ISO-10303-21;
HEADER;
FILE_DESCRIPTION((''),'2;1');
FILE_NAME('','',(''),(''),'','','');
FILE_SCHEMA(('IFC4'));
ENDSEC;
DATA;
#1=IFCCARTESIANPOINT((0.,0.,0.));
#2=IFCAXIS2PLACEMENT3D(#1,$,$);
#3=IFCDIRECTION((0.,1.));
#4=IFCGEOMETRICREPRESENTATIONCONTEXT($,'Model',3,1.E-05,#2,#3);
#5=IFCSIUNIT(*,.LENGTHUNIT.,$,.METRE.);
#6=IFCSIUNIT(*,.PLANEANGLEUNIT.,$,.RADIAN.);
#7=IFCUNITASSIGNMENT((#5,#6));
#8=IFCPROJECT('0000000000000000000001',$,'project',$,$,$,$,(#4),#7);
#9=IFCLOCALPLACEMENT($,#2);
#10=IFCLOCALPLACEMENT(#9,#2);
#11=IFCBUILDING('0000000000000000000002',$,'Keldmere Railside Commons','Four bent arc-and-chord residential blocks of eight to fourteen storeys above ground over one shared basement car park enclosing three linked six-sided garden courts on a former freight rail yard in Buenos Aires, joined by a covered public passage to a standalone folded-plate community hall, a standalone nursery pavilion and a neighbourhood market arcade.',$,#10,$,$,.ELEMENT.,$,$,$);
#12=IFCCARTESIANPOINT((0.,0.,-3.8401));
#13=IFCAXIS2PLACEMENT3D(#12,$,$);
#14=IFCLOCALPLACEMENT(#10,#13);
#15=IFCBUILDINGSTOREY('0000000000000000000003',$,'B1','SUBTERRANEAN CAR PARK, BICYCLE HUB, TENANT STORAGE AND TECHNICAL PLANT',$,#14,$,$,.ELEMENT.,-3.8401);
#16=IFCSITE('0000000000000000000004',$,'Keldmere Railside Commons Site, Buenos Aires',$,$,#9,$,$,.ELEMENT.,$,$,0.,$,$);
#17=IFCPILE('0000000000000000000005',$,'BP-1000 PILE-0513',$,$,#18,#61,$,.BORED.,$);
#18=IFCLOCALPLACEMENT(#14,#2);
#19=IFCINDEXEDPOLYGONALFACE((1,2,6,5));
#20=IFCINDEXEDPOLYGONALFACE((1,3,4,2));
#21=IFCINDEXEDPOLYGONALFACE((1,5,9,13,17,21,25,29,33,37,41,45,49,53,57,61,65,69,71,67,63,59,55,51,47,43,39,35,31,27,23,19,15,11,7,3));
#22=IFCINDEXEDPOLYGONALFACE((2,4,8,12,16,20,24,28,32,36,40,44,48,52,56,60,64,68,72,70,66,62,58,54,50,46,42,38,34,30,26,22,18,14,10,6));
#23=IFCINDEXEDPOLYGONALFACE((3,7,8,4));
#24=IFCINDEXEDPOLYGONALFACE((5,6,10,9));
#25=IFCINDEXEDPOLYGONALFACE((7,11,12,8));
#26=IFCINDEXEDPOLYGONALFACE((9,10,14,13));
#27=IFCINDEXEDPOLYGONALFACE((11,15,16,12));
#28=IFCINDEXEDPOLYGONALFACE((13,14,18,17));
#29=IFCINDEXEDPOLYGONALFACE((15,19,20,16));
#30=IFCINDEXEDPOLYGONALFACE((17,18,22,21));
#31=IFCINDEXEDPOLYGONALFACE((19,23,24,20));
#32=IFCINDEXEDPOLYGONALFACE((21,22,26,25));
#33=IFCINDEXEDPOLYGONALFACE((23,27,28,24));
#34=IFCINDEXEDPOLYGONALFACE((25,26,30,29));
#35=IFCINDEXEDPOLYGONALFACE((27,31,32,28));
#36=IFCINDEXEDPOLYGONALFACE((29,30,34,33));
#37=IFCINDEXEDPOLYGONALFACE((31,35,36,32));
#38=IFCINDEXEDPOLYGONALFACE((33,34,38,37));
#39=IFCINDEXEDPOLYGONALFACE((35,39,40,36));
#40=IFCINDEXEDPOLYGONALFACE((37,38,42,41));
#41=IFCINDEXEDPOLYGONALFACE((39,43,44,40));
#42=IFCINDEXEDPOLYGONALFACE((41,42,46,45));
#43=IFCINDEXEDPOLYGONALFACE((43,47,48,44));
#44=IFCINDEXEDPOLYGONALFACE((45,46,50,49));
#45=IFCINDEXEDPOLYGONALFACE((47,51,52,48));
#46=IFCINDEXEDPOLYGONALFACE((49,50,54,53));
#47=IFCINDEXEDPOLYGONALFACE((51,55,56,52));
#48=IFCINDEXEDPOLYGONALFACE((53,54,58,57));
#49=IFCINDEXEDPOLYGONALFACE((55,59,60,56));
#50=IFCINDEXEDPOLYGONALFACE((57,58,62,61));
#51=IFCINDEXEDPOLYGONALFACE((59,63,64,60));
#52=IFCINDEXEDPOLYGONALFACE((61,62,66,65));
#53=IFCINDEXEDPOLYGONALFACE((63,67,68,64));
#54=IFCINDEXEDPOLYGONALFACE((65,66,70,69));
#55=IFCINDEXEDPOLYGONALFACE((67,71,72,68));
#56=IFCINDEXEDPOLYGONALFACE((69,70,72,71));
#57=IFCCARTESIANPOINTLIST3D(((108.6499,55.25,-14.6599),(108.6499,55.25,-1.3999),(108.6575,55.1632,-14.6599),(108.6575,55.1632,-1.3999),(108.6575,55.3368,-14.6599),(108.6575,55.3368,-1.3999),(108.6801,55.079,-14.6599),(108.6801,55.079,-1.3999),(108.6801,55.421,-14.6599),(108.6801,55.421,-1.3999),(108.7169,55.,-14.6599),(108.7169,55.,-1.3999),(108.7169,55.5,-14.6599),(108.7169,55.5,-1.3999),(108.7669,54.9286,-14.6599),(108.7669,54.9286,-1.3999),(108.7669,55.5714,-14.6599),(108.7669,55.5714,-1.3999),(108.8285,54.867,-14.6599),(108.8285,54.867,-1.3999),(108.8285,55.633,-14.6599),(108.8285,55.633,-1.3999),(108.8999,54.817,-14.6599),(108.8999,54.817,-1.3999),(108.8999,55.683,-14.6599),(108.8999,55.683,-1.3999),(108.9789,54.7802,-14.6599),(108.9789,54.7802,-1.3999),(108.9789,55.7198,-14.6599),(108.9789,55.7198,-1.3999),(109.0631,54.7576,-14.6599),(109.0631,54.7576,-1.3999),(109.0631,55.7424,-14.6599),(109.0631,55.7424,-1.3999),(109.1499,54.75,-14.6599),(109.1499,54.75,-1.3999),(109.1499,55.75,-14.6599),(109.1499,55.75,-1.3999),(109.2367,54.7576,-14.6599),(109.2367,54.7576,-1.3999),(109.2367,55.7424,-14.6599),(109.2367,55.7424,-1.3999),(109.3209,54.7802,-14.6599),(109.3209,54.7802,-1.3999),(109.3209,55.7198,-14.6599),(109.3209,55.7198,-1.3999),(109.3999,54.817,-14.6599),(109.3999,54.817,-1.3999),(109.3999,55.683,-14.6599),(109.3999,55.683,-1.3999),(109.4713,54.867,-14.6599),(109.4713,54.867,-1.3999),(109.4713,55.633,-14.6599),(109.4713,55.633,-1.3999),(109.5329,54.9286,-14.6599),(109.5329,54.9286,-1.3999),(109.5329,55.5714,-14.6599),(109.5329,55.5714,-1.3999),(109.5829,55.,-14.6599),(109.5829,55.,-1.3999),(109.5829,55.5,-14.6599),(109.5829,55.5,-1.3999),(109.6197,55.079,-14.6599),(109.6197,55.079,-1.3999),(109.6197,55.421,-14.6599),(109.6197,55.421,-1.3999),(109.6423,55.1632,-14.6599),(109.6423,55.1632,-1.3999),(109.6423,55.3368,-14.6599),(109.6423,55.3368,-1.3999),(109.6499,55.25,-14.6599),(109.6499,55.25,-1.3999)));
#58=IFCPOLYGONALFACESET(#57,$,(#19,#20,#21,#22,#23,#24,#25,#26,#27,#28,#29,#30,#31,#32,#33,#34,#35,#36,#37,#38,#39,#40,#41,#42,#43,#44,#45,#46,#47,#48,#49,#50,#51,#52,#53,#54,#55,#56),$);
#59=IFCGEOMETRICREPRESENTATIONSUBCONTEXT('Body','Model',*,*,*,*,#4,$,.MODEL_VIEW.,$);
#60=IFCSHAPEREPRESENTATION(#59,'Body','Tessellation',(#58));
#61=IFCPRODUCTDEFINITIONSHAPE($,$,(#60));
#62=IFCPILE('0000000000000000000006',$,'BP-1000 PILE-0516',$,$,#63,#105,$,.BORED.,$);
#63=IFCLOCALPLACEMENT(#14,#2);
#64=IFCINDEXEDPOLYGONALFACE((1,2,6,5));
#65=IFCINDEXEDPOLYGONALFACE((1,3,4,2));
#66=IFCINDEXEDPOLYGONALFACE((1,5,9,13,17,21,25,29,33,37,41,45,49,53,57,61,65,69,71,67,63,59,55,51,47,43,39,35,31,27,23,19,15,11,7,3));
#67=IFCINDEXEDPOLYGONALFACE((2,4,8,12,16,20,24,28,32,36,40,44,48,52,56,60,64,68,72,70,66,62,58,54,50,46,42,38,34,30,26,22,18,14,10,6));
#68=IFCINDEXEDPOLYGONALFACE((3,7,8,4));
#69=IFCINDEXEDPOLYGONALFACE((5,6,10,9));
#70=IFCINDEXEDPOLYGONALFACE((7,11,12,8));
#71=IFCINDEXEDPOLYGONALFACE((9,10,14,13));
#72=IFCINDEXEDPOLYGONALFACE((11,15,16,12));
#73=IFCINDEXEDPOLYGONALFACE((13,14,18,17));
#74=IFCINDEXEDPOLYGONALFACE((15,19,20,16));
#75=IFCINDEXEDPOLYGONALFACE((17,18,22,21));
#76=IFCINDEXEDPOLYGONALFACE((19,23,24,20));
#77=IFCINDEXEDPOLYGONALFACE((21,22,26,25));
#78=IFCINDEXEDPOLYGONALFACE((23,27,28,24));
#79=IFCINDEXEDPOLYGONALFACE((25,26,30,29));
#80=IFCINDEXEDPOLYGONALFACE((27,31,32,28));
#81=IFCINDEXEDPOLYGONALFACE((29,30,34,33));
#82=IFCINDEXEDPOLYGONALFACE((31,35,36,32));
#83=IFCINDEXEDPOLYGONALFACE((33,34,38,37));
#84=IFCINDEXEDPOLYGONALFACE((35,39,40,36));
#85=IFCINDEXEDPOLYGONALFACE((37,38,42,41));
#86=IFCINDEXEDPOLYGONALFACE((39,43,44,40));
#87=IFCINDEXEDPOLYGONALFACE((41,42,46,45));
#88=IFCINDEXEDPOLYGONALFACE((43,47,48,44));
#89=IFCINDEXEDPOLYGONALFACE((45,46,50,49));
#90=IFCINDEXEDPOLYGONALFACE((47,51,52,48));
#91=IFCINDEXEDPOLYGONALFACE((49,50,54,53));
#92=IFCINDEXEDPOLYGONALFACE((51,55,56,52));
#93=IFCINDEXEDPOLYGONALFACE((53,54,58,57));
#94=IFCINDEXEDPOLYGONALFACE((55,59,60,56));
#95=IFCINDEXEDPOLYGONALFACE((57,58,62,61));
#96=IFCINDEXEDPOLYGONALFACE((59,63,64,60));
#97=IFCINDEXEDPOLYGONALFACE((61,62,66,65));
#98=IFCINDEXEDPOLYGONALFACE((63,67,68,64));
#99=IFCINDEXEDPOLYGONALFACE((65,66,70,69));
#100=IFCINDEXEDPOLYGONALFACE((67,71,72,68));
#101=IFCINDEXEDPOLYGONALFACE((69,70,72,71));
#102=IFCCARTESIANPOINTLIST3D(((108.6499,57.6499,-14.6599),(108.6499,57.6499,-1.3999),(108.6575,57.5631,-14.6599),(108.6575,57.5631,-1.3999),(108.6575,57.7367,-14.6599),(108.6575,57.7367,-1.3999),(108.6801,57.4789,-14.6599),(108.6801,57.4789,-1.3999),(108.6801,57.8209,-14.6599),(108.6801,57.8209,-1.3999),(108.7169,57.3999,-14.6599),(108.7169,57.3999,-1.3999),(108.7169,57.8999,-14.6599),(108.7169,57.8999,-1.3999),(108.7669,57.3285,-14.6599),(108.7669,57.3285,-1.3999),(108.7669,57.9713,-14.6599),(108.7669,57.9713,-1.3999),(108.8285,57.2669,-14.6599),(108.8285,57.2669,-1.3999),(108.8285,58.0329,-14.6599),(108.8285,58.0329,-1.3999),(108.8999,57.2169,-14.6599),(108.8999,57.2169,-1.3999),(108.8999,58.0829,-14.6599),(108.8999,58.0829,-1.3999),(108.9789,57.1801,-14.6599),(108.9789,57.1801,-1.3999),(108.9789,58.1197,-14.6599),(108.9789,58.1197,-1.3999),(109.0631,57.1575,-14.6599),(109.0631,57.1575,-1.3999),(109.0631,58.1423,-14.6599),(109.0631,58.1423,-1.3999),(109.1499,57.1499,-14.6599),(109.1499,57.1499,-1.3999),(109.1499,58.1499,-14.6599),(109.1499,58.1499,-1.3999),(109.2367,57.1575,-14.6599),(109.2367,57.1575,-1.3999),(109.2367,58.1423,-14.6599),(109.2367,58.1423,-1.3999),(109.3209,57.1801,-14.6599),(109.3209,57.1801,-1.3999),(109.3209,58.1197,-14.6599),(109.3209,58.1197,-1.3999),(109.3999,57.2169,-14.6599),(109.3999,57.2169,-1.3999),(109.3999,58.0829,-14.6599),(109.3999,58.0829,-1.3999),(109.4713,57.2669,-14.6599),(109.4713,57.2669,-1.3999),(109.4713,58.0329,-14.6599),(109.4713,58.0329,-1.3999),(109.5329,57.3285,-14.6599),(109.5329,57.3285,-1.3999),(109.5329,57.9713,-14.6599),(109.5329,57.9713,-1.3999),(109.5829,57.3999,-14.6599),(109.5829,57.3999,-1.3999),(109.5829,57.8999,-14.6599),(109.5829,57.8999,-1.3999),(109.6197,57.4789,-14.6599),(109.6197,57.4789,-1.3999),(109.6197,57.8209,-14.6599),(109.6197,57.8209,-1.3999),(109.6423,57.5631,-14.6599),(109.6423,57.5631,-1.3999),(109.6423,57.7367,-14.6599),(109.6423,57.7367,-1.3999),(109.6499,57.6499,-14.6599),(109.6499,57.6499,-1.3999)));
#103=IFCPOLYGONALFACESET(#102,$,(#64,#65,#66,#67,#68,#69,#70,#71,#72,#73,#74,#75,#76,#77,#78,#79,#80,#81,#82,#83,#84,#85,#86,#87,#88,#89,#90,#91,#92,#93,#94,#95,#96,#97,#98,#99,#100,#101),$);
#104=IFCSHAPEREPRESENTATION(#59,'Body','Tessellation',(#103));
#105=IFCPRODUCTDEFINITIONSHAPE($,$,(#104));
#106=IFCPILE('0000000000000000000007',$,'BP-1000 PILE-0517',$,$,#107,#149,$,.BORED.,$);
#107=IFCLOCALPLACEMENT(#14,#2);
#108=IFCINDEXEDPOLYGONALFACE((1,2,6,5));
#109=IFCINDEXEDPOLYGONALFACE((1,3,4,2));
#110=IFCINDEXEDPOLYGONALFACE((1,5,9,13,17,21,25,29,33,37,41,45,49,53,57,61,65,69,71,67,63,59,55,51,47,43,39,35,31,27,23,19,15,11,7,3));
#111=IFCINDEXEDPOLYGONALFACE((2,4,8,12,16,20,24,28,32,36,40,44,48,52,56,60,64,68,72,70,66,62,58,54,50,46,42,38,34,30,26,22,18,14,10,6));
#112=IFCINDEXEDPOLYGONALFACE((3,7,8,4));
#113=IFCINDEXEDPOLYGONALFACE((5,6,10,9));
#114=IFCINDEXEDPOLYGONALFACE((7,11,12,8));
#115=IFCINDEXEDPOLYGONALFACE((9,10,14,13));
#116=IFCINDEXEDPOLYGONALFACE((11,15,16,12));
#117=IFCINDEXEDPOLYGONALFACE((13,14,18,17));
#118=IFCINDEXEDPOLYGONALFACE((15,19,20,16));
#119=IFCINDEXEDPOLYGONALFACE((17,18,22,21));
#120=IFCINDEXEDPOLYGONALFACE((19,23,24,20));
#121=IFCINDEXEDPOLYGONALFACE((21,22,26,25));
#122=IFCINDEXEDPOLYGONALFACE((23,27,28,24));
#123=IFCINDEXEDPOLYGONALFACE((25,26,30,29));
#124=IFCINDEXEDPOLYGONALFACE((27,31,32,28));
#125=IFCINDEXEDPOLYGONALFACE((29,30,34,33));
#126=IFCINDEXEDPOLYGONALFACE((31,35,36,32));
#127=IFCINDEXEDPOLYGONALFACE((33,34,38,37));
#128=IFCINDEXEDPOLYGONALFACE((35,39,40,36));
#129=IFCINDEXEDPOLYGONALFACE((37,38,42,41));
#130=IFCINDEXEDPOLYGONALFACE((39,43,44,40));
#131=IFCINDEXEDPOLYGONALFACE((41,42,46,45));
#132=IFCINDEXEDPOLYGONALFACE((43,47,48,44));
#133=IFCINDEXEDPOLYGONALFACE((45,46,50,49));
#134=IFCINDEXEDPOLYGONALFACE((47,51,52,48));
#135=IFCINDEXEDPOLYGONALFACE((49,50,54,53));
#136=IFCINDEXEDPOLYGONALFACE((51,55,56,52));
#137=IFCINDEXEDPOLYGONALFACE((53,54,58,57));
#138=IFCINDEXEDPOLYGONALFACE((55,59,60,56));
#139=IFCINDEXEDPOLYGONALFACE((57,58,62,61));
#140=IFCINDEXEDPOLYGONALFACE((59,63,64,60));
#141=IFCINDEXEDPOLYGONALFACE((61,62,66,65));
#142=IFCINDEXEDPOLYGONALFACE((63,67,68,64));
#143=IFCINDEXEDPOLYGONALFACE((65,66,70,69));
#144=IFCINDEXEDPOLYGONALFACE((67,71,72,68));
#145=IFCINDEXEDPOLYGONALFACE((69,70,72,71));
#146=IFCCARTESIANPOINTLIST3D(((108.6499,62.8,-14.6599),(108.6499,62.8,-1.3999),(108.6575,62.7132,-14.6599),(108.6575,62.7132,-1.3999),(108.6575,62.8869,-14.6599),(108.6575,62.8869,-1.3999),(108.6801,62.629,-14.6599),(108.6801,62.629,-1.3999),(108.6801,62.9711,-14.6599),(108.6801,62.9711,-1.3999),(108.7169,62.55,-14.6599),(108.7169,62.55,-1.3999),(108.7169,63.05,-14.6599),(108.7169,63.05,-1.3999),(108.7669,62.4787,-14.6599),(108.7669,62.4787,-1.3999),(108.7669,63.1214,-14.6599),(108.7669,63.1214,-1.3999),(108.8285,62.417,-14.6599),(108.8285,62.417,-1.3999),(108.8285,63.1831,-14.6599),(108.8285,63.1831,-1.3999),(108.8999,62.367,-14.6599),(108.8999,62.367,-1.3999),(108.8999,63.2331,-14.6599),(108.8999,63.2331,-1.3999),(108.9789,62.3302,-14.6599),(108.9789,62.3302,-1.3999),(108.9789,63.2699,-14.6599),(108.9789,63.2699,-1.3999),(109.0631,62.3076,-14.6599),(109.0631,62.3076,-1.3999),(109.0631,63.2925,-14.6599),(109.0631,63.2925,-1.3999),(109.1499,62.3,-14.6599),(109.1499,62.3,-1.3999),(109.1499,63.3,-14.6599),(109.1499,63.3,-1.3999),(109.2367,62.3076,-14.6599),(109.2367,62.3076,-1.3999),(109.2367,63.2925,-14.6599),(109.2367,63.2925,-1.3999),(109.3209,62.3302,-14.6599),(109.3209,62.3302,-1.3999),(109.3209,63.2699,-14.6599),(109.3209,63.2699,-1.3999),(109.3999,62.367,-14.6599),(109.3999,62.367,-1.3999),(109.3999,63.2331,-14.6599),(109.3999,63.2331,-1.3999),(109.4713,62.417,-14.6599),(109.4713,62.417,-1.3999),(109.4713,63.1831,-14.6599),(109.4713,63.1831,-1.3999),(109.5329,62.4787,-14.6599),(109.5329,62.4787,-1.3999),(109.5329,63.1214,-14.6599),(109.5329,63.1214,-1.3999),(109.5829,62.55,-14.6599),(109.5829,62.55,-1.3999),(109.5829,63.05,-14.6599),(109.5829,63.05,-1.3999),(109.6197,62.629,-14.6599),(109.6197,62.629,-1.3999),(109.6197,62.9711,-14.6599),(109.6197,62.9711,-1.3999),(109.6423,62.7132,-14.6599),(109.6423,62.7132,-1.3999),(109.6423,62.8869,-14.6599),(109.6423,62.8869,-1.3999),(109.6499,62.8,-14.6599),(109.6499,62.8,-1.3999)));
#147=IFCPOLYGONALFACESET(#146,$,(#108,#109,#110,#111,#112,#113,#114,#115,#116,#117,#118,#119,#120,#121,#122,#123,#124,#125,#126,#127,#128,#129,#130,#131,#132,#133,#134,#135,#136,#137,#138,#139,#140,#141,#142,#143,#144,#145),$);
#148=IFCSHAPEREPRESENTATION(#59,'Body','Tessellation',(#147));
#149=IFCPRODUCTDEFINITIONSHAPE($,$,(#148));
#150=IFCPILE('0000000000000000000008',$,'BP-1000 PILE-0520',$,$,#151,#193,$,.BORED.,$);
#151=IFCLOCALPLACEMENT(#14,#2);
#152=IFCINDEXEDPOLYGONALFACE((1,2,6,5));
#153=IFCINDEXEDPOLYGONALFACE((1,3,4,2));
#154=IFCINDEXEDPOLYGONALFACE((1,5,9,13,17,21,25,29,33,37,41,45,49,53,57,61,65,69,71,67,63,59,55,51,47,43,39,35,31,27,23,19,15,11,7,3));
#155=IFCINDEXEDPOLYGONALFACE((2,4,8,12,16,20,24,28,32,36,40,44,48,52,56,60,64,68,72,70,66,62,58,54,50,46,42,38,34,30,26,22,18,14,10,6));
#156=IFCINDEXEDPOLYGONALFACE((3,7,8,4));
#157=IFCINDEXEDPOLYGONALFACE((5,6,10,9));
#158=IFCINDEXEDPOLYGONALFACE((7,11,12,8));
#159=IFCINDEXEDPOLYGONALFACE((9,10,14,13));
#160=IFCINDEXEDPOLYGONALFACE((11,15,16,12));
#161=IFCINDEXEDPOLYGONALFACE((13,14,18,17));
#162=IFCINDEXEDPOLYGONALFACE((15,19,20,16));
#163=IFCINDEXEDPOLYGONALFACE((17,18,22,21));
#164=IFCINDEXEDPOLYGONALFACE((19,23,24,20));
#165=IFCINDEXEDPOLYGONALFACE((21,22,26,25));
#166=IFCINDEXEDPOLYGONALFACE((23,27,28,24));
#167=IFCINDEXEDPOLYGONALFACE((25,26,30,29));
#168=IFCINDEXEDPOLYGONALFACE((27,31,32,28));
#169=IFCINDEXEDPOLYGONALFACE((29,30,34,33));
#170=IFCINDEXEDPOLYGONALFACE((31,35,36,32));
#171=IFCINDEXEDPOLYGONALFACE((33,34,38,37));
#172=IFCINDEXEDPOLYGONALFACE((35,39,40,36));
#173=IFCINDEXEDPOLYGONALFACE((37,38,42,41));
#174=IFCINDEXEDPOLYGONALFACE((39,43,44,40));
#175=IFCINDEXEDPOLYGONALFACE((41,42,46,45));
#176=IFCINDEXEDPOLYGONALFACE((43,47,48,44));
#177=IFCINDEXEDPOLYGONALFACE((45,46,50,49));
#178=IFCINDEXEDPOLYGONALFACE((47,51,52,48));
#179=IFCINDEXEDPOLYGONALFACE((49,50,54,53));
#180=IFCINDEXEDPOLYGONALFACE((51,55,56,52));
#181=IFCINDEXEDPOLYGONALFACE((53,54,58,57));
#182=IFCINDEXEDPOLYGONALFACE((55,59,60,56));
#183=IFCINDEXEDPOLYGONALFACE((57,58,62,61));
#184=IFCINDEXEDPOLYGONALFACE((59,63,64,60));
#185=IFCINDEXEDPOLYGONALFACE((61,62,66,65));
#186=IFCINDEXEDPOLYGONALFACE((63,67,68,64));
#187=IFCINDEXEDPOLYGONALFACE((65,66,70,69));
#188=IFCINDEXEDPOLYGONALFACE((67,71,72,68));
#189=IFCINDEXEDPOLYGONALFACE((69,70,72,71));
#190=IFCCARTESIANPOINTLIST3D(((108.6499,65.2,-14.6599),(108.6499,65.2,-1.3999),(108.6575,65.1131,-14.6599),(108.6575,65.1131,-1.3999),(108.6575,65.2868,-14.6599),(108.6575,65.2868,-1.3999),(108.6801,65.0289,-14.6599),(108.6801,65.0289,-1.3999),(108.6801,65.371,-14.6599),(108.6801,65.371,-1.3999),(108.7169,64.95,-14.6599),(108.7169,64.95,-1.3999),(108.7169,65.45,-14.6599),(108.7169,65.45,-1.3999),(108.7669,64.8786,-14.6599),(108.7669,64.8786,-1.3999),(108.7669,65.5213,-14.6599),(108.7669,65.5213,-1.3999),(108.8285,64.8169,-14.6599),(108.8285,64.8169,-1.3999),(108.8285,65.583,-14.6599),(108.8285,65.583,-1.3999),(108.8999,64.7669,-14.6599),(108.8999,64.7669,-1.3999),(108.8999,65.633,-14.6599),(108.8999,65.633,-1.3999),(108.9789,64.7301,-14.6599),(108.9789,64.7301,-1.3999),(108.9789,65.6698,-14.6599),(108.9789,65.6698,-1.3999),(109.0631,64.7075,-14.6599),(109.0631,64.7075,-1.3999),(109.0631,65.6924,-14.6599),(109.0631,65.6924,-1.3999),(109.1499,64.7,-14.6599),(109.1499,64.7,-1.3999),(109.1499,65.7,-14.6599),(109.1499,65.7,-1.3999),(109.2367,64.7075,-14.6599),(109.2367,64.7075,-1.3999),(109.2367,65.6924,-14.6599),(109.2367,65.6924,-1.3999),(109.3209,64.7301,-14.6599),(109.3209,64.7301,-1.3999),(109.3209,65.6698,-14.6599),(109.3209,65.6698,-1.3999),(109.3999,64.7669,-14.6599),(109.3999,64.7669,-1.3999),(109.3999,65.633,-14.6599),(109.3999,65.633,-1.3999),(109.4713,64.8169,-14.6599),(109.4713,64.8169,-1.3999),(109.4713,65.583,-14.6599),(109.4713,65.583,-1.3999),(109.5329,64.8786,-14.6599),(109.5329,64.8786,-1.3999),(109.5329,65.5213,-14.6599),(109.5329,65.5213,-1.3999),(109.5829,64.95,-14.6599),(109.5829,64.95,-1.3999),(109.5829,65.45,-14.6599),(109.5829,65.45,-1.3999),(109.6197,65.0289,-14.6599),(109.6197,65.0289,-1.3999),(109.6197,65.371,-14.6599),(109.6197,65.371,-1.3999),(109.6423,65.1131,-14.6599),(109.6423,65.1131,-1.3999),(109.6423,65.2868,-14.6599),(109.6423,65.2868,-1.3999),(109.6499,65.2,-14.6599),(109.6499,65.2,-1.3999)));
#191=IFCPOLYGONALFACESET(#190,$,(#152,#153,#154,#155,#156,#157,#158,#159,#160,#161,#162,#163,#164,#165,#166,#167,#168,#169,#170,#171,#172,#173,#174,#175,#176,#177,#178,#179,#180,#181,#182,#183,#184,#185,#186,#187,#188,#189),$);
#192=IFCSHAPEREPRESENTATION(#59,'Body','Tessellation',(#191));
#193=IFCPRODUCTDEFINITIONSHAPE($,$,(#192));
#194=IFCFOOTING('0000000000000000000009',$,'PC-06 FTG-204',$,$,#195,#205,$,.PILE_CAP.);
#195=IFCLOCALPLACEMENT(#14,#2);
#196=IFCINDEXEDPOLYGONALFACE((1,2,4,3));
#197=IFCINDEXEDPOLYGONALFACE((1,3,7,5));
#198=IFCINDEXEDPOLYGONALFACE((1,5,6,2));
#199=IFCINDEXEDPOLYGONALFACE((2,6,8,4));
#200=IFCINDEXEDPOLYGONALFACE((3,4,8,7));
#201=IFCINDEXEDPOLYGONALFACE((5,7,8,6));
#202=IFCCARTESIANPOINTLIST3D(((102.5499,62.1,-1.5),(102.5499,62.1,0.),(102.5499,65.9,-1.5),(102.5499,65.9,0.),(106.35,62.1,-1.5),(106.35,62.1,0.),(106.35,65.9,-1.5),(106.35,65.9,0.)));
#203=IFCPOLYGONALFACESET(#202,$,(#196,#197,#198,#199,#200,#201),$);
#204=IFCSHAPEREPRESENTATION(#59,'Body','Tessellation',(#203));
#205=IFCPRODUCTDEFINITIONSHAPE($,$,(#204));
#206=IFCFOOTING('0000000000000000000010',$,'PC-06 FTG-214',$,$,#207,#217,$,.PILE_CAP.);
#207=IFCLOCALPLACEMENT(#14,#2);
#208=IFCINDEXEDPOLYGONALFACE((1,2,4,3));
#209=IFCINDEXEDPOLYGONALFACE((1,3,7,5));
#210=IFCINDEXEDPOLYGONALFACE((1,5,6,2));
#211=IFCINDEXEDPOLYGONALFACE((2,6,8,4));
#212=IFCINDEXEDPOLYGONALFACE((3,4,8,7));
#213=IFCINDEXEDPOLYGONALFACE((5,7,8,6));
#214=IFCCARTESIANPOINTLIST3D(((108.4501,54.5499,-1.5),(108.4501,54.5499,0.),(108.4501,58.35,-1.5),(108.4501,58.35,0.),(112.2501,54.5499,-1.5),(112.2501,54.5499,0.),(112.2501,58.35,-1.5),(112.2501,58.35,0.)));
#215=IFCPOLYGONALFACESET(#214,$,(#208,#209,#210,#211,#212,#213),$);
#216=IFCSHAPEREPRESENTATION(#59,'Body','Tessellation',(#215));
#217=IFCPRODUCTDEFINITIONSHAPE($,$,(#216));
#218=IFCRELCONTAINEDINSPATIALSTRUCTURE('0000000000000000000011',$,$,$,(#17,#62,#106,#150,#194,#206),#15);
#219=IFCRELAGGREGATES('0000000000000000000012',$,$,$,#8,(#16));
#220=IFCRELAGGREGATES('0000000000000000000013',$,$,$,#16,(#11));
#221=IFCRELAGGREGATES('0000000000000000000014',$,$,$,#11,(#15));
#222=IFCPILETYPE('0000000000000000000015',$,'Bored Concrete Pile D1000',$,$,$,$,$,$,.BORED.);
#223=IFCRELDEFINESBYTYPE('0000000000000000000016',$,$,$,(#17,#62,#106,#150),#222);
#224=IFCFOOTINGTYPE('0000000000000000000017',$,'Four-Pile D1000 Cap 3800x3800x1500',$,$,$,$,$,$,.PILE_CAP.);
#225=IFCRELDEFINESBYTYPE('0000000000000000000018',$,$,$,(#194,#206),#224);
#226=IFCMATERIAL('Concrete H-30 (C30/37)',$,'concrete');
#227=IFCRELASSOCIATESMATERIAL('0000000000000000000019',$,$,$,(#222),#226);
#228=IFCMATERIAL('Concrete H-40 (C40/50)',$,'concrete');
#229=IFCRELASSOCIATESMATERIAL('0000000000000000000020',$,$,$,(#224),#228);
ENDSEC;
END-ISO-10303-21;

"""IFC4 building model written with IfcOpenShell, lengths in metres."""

from ifc_helpers import new_model, si_unit, direction, frame, origin, origin_2d, place, context, subcontext, project, spatial, rectangle, circle, extrude, material, material_profile, profile_set, type_object, element, save


model = new_model("IFC4")

# Units and contexts
model_context = context("Model", 3, precision=1e-05, world=origin(), true_north=direction((0.0, 1.0)))
body_context = subcontext(model_context, "Body", "Model", "MODEL_VIEW")
ifc_project = project(units=[si_unit("LENGTHUNIT", "METRE"), si_unit("PLANEANGLEUNIT", "RADIAN")], contexts=[model_context])

# Site, building, storey
site_placement = place(None, origin())
site = spatial("IfcSite", under=ifc_project, at=site_placement, Name="Keldmere Railside Commons Site, Buenos Aires", CompositionType="ELEMENT", RefElevation=0.0)
building_placement = place(site_placement, origin())
building = spatial("IfcBuilding", under=site, at=building_placement, Name="Keldmere Railside Commons", Description="Four bent arc-and-chord residential blocks of eight to fourteen storeys above ground over one shared basement car park enclosing three linked six-sided garden courts on a former freight rail yard in Buenos Aires, joined by a covered public passage to a standalone folded-plate community hall, a standalone nursery pavilion and a neighbourhood market arcade.", CompositionType="ELEMENT")
storey_placement = place(building_placement, frame((0.0, 0.0, -3.8401)))
storey = spatial("IfcBuildingStorey", under=building, at=storey_placement, Name="B1", Description="SUBTERRANEAN CAR PARK, BICYCLE HUB, TENANT STORAGE AND TECHNICAL PLANT", CompositionType="ELEMENT", Elevation=-3.8401)

# Piles
ifc_material_1 = material(Name="Concrete H-30 (C30/37)", Category="concrete")
ifc_material_profile_1 = material_profile(ifc_material_1, circle(Radius=0.5, at=origin_2d()), Name="PILE-D1000")
ifc_profile_set_1 = profile_set([ifc_material_profile_1], Name="Concrete H-30 (C30/37)")
pile_type = type_object("IfcPileType", Name="Bored Concrete Pile D1000", PredefinedType="BORED", material=ifc_profile_set_1)
for number, where, z_axis, x_axis, name in (
    (1, (109.1499, 55.25, -1.3999), (0.0, 0.0, -1.0), (1.0, 0.0, 0.0), "BP-1000 PILE-0513"),
    (2, (109.1499, 57.6499, -1.3999), (0.0, 0.0, -1.0), (1.0, 0.0, 0.0), "BP-1000 PILE-0516"),
    (3, (109.1499, 62.8, -1.3999), (0.0, 0.0, -1.0), (1.0, 0.0, 0.0), "BP-1000 PILE-0517"),
    (4, (109.1499, 65.2, -1.3999), (0.0, 0.0, -1.0), (1.0, 0.0, 0.0), "BP-1000 PILE-0520"),
):
    element("IfcPile", number, at=place(storey_placement, frame(where, z_axis=z_axis, x_axis=x_axis)), inside=storey, type_object=pile_type, Name=name, PredefinedType="BORED", context=body_context, shape_type="SweptSolid", body=[
        extrude(circle(Radius=0.5, at=origin_2d()), origin(), (0.0, 0.0, 1.0), 13.26),
    ])

# Footings
ifc_material_2 = material(Name="Concrete H-40 (C40/50)", Category="concrete")
footing_type_1 = type_object("IfcFootingType", Name="Four-Pile D1000 Cap 3800x3800x1500", PredefinedType="PILE_CAP", material=ifc_material_2)
for number, where, z_axis, x_axis, name in (
    (5, (104.45, 64.0, -1.5), (0.0, 0.0, 1.0), (1.0, 0.0, 0.0), "PC-06 FTG-204"),
    (6, (110.3501, 56.45, -1.5), (0.0, 0.0, 1.0), (1.0, 0.0, 0.0), "PC-06 FTG-214"),
):
    element("IfcFooting", number, at=place(storey_placement, frame(where, z_axis=z_axis, x_axis=x_axis)), inside=storey, type_object=footing_type_1, Name=name, PredefinedType="PILE_CAP", context=body_context, shape_type="SweptSolid", body=[
        extrude(rectangle(XDim=3.8, YDim=3.8, at=origin_2d()), origin(), (0.0, 0.0, 1.0), 1.5),
    ])

save(model, "model.ifc")
